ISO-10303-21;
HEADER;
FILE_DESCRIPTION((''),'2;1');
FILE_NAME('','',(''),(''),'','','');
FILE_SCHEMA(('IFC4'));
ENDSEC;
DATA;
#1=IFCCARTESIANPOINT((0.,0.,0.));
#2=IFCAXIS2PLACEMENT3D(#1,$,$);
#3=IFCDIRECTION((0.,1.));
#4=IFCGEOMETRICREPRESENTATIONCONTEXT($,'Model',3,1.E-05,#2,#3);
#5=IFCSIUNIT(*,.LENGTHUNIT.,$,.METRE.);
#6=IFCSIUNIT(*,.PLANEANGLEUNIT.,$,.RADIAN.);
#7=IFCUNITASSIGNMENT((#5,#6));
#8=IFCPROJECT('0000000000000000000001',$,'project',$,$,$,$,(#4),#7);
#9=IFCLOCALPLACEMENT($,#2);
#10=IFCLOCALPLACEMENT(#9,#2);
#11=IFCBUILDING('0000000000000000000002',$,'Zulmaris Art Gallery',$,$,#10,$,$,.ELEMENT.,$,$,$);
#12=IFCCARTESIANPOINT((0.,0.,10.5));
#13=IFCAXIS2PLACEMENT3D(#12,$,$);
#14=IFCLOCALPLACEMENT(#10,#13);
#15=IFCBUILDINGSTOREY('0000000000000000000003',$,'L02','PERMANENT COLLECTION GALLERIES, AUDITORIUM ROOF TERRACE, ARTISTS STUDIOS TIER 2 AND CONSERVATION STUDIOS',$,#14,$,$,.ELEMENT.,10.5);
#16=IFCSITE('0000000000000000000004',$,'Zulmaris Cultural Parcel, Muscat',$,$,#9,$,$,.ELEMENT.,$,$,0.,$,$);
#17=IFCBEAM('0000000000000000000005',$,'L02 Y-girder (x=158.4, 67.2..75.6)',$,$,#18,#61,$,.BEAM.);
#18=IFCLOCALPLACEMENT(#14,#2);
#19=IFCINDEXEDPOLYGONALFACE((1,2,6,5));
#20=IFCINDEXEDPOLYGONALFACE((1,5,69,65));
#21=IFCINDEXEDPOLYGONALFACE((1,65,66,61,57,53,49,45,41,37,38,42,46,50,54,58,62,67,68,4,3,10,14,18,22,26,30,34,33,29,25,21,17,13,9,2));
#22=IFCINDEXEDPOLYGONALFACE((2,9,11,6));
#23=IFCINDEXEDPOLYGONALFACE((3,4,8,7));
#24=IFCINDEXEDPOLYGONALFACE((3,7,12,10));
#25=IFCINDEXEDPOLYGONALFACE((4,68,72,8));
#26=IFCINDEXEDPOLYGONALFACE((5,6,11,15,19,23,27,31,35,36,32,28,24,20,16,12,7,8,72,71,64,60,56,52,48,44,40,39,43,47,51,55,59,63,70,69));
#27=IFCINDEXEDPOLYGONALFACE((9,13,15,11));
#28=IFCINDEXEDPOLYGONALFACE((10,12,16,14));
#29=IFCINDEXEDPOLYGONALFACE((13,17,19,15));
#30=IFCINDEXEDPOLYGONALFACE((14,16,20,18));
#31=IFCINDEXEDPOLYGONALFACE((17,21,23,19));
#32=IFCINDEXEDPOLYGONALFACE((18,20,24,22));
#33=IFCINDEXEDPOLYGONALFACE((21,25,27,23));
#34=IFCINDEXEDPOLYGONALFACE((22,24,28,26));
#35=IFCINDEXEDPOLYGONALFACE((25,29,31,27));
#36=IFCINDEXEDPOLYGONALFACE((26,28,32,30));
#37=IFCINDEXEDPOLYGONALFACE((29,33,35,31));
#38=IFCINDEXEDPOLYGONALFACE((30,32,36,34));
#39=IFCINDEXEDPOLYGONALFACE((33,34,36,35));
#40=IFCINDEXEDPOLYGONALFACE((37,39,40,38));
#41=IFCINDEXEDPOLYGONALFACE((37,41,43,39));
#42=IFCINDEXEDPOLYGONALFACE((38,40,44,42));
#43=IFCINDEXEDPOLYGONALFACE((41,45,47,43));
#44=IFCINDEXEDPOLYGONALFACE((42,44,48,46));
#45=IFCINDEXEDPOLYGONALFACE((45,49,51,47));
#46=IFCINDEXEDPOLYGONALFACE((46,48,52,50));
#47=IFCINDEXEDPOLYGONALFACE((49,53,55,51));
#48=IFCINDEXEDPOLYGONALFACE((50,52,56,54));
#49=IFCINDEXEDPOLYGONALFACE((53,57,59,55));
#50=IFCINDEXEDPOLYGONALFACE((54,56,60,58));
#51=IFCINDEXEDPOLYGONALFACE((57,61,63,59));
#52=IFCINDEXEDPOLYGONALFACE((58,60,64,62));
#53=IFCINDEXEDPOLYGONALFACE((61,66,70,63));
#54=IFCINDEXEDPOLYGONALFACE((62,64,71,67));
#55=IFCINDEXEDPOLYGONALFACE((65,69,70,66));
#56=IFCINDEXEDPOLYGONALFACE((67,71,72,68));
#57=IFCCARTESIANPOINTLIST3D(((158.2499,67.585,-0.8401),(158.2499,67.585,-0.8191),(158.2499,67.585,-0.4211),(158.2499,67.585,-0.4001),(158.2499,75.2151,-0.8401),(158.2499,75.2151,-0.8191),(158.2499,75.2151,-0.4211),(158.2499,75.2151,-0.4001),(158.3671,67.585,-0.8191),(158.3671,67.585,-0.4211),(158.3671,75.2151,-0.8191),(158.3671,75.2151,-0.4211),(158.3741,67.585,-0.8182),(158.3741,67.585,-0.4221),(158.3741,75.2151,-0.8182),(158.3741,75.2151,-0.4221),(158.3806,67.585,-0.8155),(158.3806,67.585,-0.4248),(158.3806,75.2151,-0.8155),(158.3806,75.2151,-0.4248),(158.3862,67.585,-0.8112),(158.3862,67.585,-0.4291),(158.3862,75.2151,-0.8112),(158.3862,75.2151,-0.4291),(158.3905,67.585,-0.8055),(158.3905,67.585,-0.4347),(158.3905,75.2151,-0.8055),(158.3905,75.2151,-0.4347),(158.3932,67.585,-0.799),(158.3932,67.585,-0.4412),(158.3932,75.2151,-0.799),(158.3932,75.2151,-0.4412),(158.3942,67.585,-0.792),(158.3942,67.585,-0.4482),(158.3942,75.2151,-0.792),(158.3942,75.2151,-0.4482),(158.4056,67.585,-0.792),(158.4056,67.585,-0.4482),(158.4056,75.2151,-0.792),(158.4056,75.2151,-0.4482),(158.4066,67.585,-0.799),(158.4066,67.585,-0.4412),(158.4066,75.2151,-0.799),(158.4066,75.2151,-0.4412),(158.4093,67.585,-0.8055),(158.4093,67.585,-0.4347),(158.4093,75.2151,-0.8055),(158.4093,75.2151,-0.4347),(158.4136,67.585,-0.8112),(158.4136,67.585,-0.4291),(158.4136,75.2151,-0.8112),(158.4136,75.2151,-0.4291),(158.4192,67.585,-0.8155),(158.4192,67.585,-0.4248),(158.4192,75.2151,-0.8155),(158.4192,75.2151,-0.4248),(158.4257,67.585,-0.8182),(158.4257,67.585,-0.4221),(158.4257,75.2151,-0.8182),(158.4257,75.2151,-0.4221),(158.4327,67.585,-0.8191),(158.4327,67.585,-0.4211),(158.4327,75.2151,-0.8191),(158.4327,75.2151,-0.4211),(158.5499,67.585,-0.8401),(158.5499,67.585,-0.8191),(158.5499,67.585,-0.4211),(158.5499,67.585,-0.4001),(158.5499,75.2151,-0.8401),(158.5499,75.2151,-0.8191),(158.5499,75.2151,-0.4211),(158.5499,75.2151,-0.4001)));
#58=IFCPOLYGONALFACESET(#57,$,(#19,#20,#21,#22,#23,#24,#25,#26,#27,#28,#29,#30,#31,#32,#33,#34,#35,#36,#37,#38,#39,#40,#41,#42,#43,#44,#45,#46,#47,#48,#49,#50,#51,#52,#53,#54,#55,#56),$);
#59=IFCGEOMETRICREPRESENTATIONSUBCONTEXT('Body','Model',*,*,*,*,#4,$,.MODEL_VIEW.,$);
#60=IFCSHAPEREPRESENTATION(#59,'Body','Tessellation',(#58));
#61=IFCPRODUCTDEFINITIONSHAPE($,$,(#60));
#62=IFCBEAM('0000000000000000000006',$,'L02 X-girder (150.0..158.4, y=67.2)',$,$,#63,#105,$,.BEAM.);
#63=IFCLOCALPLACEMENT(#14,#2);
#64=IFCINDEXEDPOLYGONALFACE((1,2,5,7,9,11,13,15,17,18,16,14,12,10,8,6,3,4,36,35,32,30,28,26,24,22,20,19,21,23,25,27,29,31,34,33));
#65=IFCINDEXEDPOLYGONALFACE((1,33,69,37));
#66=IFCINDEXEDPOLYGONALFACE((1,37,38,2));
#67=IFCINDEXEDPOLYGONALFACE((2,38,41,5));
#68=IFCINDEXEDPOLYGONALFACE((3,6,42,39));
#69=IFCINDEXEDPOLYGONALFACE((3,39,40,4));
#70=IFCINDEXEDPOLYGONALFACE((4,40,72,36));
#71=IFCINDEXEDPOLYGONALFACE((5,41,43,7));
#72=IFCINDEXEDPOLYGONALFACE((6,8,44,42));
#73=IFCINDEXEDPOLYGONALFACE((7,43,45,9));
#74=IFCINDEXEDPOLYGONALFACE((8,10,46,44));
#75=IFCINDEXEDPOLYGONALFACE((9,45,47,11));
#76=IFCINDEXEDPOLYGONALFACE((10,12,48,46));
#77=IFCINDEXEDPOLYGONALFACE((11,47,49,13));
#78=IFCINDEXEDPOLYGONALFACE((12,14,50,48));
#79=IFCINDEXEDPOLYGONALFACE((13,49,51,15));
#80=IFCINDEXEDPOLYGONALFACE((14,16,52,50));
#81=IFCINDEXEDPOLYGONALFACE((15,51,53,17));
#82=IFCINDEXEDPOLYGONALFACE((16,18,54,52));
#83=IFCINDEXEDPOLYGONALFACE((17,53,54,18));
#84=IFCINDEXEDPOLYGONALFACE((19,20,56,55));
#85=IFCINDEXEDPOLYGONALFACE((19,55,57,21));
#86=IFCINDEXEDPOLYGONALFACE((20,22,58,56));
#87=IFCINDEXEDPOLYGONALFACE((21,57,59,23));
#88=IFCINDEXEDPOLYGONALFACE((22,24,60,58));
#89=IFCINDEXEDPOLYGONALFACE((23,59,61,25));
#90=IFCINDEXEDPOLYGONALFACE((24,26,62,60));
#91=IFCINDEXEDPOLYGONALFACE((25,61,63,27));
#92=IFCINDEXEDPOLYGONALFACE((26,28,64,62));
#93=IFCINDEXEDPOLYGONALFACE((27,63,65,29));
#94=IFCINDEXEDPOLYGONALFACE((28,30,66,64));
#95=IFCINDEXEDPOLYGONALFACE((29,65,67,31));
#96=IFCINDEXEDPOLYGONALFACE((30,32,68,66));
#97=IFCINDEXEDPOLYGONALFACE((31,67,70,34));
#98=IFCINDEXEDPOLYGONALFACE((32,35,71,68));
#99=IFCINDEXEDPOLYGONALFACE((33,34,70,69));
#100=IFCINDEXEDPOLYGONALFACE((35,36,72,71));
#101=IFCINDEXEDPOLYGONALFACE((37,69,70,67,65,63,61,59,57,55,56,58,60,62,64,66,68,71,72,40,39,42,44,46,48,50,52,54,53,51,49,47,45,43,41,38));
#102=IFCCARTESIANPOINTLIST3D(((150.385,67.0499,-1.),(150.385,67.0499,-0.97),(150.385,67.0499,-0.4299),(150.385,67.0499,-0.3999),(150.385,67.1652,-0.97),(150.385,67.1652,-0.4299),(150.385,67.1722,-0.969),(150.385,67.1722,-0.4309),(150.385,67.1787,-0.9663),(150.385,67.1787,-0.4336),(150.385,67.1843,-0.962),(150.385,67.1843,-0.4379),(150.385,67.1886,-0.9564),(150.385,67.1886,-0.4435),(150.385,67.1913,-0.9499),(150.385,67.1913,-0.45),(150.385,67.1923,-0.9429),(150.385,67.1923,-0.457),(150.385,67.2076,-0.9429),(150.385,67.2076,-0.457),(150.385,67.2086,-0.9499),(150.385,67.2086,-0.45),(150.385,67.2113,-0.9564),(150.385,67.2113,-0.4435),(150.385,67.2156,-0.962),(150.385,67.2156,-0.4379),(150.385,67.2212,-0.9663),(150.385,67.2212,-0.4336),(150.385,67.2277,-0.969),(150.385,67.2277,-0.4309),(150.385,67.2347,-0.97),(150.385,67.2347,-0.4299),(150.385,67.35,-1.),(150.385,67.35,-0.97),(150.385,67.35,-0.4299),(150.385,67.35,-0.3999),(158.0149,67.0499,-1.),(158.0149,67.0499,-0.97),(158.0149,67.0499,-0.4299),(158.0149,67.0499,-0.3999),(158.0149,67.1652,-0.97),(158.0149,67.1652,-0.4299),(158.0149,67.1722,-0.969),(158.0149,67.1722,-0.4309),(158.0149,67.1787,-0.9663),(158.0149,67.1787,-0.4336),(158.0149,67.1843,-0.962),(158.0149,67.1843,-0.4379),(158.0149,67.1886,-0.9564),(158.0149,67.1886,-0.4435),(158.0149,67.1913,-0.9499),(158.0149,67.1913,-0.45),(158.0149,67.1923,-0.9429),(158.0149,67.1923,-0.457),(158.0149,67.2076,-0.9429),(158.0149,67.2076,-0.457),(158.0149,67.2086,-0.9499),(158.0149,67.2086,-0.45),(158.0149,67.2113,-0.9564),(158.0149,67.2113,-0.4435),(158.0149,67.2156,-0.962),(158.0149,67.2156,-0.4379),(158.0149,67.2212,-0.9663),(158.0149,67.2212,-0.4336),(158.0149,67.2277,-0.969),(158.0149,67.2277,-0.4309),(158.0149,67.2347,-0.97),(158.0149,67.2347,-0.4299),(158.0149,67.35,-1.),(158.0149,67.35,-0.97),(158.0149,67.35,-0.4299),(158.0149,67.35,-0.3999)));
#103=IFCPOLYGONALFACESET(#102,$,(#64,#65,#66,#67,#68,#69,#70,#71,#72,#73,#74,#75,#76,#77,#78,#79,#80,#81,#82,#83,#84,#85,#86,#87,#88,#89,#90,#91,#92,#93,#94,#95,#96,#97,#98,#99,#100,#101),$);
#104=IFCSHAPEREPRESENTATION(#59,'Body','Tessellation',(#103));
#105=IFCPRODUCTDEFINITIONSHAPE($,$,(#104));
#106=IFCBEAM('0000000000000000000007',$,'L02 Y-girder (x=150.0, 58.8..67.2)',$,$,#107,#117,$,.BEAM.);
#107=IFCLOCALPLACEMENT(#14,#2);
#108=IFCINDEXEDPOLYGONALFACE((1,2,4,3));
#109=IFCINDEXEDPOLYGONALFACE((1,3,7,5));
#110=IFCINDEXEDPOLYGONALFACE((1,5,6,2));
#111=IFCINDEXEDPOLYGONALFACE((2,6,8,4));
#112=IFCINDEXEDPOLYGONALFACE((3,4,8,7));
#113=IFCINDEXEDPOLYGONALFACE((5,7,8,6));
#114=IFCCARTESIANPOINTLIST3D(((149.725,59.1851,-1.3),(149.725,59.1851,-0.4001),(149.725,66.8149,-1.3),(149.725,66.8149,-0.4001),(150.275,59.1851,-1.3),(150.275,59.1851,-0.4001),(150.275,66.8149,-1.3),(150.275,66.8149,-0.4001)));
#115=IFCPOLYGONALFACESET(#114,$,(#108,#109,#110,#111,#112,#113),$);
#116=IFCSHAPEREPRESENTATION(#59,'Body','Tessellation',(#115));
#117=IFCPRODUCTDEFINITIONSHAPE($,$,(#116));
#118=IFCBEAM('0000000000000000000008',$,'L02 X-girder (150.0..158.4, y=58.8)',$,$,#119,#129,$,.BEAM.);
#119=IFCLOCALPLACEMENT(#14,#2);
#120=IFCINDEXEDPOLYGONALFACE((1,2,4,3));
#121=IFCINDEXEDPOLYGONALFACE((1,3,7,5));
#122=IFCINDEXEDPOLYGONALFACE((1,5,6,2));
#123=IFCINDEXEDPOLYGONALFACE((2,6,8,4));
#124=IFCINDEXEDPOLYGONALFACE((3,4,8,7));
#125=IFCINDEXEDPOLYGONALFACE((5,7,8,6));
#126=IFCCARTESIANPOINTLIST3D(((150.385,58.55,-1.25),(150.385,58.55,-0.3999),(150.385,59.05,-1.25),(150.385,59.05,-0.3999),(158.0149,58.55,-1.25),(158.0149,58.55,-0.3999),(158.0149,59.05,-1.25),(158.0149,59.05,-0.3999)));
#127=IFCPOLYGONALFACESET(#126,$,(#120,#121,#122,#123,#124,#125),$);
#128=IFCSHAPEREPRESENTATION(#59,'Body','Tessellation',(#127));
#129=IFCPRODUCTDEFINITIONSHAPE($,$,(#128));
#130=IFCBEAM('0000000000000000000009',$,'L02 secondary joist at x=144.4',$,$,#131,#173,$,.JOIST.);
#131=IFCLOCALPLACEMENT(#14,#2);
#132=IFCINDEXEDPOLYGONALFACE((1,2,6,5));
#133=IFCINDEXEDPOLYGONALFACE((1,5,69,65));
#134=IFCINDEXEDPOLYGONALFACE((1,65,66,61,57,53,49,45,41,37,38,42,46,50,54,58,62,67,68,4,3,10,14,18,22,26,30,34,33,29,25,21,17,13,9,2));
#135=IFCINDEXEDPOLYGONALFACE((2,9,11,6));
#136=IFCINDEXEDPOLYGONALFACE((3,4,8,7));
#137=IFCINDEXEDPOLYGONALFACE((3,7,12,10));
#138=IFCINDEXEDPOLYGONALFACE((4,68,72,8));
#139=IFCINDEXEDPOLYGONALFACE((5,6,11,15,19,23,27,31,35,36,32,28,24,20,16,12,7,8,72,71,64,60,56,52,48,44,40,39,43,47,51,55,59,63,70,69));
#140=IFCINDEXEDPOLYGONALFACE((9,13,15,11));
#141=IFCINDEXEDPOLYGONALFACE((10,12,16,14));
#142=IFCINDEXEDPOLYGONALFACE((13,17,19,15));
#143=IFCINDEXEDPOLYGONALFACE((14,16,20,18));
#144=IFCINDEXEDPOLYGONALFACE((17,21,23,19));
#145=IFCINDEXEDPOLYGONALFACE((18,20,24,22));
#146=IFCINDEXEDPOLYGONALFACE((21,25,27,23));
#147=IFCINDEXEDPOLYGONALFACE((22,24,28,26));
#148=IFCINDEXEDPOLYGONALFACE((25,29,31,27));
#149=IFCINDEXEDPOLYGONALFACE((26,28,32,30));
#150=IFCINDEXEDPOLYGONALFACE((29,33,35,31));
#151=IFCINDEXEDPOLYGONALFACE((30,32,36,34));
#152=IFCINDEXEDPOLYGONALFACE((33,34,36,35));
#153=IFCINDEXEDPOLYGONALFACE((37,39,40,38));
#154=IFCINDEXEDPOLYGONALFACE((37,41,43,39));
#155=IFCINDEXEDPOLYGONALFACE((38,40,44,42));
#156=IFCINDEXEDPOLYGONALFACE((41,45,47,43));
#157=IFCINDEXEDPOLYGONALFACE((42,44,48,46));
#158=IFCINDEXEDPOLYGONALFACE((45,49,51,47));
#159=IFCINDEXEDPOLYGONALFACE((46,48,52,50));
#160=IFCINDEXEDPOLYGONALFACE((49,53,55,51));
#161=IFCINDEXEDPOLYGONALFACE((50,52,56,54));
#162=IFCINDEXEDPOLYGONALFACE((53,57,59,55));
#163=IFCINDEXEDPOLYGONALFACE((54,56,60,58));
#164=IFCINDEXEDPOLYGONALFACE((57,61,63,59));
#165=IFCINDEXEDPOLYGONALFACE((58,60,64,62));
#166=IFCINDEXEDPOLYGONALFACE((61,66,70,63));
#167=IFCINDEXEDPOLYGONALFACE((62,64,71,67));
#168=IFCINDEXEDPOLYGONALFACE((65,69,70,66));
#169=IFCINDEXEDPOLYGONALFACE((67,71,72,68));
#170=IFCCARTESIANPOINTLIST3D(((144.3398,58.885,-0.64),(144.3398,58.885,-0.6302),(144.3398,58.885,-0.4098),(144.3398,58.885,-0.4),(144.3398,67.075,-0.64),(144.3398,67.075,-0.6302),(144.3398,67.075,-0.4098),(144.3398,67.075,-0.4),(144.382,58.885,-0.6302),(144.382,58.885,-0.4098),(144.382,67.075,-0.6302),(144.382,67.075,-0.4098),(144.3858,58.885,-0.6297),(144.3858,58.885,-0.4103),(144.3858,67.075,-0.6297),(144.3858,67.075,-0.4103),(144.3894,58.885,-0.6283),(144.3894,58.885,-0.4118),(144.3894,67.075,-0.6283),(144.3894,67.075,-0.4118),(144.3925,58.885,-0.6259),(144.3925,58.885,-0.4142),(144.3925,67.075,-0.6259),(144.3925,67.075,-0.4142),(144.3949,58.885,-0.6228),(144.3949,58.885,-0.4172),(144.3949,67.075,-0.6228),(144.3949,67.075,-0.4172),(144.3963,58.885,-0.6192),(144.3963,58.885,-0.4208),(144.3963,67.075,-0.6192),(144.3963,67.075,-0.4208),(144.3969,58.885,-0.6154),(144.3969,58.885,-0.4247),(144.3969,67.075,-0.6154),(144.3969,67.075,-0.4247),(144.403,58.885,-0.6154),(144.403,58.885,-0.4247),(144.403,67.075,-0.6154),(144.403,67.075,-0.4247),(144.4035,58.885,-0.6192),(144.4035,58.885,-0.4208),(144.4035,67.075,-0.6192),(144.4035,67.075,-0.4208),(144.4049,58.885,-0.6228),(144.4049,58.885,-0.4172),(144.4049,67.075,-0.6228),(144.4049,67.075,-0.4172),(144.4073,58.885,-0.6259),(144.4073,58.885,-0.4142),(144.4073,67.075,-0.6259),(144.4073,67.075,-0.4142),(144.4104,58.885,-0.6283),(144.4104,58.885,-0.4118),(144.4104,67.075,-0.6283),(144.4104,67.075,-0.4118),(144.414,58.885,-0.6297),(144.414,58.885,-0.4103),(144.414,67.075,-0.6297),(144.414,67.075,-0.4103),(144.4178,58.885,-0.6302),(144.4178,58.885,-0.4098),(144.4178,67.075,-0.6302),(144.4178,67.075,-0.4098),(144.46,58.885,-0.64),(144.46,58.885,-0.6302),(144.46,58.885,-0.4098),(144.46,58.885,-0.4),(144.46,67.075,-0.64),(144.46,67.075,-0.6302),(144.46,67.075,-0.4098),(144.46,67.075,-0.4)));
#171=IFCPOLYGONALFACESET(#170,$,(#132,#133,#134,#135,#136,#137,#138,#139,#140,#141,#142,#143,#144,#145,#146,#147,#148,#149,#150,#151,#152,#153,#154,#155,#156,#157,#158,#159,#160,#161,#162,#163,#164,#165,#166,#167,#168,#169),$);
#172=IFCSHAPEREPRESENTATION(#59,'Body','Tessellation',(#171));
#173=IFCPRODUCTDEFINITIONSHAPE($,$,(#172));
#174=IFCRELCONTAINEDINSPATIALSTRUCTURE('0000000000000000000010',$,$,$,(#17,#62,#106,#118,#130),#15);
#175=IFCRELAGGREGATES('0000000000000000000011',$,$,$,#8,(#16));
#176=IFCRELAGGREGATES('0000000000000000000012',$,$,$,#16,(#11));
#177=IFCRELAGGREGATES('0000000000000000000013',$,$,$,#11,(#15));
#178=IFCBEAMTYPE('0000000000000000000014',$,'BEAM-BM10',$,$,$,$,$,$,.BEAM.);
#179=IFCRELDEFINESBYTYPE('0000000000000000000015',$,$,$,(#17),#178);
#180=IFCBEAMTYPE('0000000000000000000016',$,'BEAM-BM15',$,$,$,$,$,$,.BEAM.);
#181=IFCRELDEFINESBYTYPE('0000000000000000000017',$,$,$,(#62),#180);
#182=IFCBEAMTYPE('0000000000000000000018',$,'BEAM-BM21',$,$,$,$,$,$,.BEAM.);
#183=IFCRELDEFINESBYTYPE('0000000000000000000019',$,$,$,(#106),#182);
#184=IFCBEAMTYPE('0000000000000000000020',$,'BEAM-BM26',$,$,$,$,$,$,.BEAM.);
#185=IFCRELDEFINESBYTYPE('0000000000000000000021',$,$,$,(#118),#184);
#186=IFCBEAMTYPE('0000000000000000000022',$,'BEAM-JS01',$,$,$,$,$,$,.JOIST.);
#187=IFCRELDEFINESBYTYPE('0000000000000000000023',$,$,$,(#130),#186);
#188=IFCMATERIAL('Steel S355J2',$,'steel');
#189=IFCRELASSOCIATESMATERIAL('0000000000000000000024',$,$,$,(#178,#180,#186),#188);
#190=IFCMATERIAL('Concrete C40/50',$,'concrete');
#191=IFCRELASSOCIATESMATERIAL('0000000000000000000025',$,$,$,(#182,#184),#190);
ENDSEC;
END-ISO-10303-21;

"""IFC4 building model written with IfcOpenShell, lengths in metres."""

from ifc_helpers import new_model, si_unit, direction, frame, origin, origin_2d, place, context, subcontext, project, spatial, rectangle, i_section, extrude, material, material_profile, profile_set, type_object, element, save


model = new_model("IFC4")

# Units and contexts
model_context = context("Model", 3, precision=1e-05, world=origin(), true_north=direction((0.0, 1.0)))
body_context = subcontext(model_context, "Body", "Model", "MODEL_VIEW")
ifc_project = project(units=[si_unit("LENGTHUNIT", "METRE"), si_unit("PLANEANGLEUNIT", "RADIAN")], contexts=[model_context])

# Site, building, storey
site_placement = place(None, origin())
site = spatial("IfcSite", under=ifc_project, at=site_placement, Name="Zulmaris Cultural Parcel, Muscat", CompositionType="ELEMENT", RefElevation=0.0)
building_placement = place(site_placement, origin())
building = spatial("IfcBuilding", under=site, at=building_placement, Name="Zulmaris Art Gallery", CompositionType="ELEMENT")
storey_placement = place(building_placement, frame((0.0, 0.0, 10.5)))
storey = spatial("IfcBuildingStorey", under=building, at=storey_placement, Name="L02", Description="PERMANENT COLLECTION GALLERIES, AUDITORIUM ROOF TERRACE, ARTISTS STUDIOS TIER 2 AND CONSERVATION STUDIOS", CompositionType="ELEMENT", Elevation=10.5)

# Shared definitions
ifc_material_1 = material(Name="Concrete C40/50", Category="concrete")

# Beams
ifc_material_2 = material(Name="Steel S355J2", Category="steel")
ifc_material_profile_1 = material_profile(ifc_material_2, i_section(OverallWidth=0.3, OverallDepth=0.4399, WebThickness=0.0115, FlangeThickness=0.021, FilletRadius=0.0271, at=origin_2d()), Name="HEA 450")
ifc_profile_set_1 = profile_set([ifc_material_profile_1], Name="Steel S355J2")
beam_type_1 = type_object("IfcBeamType", Name="BEAM-BM10", PredefinedType="BEAM", material=ifc_profile_set_1)
beam_1_placement = place(storey_placement, frame((158.3999, 67.585, -0.6201), z_axis=(0.0, 1.0, 0.0), x_axis=(-1.0, 0.0, 0.0)))
element("IfcBeam", 1, at=beam_1_placement, inside=storey, type_object=beam_type_1, Name="L02 Y-girder (x=158.4, 67.2..75.6)", PredefinedType="BEAM", context=body_context, shape_type="SweptSolid", body=[
    extrude(i_section(OverallWidth=0.3, OverallDepth=0.4399, WebThickness=0.0115, FlangeThickness=0.021, FilletRadius=0.0271, at=origin_2d()), origin(), (0.0, 0.0, 1.0), 7.6301),
])
ifc_material_profile_2 = material_profile(ifc_material_2, i_section(OverallWidth=0.3, OverallDepth=0.6001, WebThickness=0.0154, FlangeThickness=0.03, FilletRadius=0.0271, at=origin_2d()), Name="HEB 600")
ifc_profile_set_2 = profile_set([ifc_material_profile_2], Name="Steel S355J2")
beam_type_2 = type_object("IfcBeamType", Name="BEAM-BM15", PredefinedType="BEAM", material=ifc_profile_set_2)
beam_2_placement = place(storey_placement, frame((150.385, 67.2, -0.7), z_axis=(1.0, 0.0, 0.0), x_axis=(0.0, 1.0, 0.0)))
element("IfcBeam", 2, at=beam_2_placement, inside=storey, type_object=beam_type_2, Name="L02 X-girder (150.0..158.4, y=67.2)", PredefinedType="BEAM", context=body_context, shape_type="SweptSolid", body=[
    extrude(i_section(OverallWidth=0.3, OverallDepth=0.6001, WebThickness=0.0154, FlangeThickness=0.03, FilletRadius=0.0271, at=origin_2d()), origin(), (0.0, 0.0, 1.0), 7.6299),
])
ifc_material_profile_3 = material_profile(ifc_material_1, rectangle(XDim=0.55, YDim=0.8999, at=origin_2d()), Name="RC 550x900")
ifc_profile_set_3 = profile_set([ifc_material_profile_3], Name="Concrete C40/50")
beam_type_3 = type_object("IfcBeamType", Name="BEAM-BM21", PredefinedType="BEAM", material=ifc_profile_set_3)
beam_3_placement = place(storey_placement, frame((150.0, 59.1851, -0.8501), z_axis=(0.0, 1.0, 0.0), x_axis=(-1.0, 0.0, 0.0)))
element("IfcBeam", 3, at=beam_3_placement, inside=storey, type_object=beam_type_3, Name="L02 Y-girder (x=150.0, 58.8..67.2)", PredefinedType="BEAM", context=body_context, shape_type="SweptSolid", body=[
    extrude(rectangle(XDim=0.55, YDim=0.8999, at=origin_2d()), origin(), (0.0, 0.0, 1.0), 7.6299),
])
ifc_material_profile_4 = material_profile(ifc_material_1, rectangle(XDim=0.5, YDim=0.8501, at=origin_2d()), Name="RC 500x850")
ifc_profile_set_4 = profile_set([ifc_material_profile_4], Name="Concrete C40/50")
beam_type_4 = type_object("IfcBeamType", Name="BEAM-BM26", PredefinedType="BEAM", material=ifc_profile_set_4)
beam_4_placement = place(storey_placement, frame((150.385, 58.8, -0.825), z_axis=(1.0, 0.0, 0.0), x_axis=(0.0, 1.0, 0.0)))
element("IfcBeam", 4, at=beam_4_placement, inside=storey, type_object=beam_type_4, Name="L02 X-girder (150.0..158.4, y=58.8)", PredefinedType="BEAM", context=body_context, shape_type="SweptSolid", body=[
    extrude(rectangle(XDim=0.5, YDim=0.8501, at=origin_2d()), origin(), (0.0, 0.0, 1.0), 7.6299),
])
ifc_material_profile_5 = material_profile(ifc_material_2, i_section(OverallWidth=0.1201, OverallDepth=0.24, WebThickness=0.0061, FlangeThickness=0.0098, FilletRadius=0.0149, at=origin_2d()), Name="IPE 240")
ifc_profile_set_5 = profile_set([ifc_material_profile_5], Name="Steel S355J2")
beam_type_5 = type_object("IfcBeamType", Name="BEAM-JS01", PredefinedType="JOIST", material=ifc_profile_set_5)
beam_5_placement = place(storey_placement, frame((144.3999, 58.885, -0.52), z_axis=(0.0, 1.0, 0.0), x_axis=(-1.0, 0.0, 0.0)))
element("IfcBeam", 5, at=beam_5_placement, inside=storey, type_object=beam_type_5, Name="L02 secondary joist at x=144.4", PredefinedType="JOIST", context=body_context, shape_type="SweptSolid", body=[
    extrude(i_section(OverallWidth=0.1201, OverallDepth=0.24, WebThickness=0.0061, FlangeThickness=0.0098, FilletRadius=0.0149, at=origin_2d()), origin(), (0.0, 0.0, 1.0), 8.1899),
])

save(model, "model.ifc")
